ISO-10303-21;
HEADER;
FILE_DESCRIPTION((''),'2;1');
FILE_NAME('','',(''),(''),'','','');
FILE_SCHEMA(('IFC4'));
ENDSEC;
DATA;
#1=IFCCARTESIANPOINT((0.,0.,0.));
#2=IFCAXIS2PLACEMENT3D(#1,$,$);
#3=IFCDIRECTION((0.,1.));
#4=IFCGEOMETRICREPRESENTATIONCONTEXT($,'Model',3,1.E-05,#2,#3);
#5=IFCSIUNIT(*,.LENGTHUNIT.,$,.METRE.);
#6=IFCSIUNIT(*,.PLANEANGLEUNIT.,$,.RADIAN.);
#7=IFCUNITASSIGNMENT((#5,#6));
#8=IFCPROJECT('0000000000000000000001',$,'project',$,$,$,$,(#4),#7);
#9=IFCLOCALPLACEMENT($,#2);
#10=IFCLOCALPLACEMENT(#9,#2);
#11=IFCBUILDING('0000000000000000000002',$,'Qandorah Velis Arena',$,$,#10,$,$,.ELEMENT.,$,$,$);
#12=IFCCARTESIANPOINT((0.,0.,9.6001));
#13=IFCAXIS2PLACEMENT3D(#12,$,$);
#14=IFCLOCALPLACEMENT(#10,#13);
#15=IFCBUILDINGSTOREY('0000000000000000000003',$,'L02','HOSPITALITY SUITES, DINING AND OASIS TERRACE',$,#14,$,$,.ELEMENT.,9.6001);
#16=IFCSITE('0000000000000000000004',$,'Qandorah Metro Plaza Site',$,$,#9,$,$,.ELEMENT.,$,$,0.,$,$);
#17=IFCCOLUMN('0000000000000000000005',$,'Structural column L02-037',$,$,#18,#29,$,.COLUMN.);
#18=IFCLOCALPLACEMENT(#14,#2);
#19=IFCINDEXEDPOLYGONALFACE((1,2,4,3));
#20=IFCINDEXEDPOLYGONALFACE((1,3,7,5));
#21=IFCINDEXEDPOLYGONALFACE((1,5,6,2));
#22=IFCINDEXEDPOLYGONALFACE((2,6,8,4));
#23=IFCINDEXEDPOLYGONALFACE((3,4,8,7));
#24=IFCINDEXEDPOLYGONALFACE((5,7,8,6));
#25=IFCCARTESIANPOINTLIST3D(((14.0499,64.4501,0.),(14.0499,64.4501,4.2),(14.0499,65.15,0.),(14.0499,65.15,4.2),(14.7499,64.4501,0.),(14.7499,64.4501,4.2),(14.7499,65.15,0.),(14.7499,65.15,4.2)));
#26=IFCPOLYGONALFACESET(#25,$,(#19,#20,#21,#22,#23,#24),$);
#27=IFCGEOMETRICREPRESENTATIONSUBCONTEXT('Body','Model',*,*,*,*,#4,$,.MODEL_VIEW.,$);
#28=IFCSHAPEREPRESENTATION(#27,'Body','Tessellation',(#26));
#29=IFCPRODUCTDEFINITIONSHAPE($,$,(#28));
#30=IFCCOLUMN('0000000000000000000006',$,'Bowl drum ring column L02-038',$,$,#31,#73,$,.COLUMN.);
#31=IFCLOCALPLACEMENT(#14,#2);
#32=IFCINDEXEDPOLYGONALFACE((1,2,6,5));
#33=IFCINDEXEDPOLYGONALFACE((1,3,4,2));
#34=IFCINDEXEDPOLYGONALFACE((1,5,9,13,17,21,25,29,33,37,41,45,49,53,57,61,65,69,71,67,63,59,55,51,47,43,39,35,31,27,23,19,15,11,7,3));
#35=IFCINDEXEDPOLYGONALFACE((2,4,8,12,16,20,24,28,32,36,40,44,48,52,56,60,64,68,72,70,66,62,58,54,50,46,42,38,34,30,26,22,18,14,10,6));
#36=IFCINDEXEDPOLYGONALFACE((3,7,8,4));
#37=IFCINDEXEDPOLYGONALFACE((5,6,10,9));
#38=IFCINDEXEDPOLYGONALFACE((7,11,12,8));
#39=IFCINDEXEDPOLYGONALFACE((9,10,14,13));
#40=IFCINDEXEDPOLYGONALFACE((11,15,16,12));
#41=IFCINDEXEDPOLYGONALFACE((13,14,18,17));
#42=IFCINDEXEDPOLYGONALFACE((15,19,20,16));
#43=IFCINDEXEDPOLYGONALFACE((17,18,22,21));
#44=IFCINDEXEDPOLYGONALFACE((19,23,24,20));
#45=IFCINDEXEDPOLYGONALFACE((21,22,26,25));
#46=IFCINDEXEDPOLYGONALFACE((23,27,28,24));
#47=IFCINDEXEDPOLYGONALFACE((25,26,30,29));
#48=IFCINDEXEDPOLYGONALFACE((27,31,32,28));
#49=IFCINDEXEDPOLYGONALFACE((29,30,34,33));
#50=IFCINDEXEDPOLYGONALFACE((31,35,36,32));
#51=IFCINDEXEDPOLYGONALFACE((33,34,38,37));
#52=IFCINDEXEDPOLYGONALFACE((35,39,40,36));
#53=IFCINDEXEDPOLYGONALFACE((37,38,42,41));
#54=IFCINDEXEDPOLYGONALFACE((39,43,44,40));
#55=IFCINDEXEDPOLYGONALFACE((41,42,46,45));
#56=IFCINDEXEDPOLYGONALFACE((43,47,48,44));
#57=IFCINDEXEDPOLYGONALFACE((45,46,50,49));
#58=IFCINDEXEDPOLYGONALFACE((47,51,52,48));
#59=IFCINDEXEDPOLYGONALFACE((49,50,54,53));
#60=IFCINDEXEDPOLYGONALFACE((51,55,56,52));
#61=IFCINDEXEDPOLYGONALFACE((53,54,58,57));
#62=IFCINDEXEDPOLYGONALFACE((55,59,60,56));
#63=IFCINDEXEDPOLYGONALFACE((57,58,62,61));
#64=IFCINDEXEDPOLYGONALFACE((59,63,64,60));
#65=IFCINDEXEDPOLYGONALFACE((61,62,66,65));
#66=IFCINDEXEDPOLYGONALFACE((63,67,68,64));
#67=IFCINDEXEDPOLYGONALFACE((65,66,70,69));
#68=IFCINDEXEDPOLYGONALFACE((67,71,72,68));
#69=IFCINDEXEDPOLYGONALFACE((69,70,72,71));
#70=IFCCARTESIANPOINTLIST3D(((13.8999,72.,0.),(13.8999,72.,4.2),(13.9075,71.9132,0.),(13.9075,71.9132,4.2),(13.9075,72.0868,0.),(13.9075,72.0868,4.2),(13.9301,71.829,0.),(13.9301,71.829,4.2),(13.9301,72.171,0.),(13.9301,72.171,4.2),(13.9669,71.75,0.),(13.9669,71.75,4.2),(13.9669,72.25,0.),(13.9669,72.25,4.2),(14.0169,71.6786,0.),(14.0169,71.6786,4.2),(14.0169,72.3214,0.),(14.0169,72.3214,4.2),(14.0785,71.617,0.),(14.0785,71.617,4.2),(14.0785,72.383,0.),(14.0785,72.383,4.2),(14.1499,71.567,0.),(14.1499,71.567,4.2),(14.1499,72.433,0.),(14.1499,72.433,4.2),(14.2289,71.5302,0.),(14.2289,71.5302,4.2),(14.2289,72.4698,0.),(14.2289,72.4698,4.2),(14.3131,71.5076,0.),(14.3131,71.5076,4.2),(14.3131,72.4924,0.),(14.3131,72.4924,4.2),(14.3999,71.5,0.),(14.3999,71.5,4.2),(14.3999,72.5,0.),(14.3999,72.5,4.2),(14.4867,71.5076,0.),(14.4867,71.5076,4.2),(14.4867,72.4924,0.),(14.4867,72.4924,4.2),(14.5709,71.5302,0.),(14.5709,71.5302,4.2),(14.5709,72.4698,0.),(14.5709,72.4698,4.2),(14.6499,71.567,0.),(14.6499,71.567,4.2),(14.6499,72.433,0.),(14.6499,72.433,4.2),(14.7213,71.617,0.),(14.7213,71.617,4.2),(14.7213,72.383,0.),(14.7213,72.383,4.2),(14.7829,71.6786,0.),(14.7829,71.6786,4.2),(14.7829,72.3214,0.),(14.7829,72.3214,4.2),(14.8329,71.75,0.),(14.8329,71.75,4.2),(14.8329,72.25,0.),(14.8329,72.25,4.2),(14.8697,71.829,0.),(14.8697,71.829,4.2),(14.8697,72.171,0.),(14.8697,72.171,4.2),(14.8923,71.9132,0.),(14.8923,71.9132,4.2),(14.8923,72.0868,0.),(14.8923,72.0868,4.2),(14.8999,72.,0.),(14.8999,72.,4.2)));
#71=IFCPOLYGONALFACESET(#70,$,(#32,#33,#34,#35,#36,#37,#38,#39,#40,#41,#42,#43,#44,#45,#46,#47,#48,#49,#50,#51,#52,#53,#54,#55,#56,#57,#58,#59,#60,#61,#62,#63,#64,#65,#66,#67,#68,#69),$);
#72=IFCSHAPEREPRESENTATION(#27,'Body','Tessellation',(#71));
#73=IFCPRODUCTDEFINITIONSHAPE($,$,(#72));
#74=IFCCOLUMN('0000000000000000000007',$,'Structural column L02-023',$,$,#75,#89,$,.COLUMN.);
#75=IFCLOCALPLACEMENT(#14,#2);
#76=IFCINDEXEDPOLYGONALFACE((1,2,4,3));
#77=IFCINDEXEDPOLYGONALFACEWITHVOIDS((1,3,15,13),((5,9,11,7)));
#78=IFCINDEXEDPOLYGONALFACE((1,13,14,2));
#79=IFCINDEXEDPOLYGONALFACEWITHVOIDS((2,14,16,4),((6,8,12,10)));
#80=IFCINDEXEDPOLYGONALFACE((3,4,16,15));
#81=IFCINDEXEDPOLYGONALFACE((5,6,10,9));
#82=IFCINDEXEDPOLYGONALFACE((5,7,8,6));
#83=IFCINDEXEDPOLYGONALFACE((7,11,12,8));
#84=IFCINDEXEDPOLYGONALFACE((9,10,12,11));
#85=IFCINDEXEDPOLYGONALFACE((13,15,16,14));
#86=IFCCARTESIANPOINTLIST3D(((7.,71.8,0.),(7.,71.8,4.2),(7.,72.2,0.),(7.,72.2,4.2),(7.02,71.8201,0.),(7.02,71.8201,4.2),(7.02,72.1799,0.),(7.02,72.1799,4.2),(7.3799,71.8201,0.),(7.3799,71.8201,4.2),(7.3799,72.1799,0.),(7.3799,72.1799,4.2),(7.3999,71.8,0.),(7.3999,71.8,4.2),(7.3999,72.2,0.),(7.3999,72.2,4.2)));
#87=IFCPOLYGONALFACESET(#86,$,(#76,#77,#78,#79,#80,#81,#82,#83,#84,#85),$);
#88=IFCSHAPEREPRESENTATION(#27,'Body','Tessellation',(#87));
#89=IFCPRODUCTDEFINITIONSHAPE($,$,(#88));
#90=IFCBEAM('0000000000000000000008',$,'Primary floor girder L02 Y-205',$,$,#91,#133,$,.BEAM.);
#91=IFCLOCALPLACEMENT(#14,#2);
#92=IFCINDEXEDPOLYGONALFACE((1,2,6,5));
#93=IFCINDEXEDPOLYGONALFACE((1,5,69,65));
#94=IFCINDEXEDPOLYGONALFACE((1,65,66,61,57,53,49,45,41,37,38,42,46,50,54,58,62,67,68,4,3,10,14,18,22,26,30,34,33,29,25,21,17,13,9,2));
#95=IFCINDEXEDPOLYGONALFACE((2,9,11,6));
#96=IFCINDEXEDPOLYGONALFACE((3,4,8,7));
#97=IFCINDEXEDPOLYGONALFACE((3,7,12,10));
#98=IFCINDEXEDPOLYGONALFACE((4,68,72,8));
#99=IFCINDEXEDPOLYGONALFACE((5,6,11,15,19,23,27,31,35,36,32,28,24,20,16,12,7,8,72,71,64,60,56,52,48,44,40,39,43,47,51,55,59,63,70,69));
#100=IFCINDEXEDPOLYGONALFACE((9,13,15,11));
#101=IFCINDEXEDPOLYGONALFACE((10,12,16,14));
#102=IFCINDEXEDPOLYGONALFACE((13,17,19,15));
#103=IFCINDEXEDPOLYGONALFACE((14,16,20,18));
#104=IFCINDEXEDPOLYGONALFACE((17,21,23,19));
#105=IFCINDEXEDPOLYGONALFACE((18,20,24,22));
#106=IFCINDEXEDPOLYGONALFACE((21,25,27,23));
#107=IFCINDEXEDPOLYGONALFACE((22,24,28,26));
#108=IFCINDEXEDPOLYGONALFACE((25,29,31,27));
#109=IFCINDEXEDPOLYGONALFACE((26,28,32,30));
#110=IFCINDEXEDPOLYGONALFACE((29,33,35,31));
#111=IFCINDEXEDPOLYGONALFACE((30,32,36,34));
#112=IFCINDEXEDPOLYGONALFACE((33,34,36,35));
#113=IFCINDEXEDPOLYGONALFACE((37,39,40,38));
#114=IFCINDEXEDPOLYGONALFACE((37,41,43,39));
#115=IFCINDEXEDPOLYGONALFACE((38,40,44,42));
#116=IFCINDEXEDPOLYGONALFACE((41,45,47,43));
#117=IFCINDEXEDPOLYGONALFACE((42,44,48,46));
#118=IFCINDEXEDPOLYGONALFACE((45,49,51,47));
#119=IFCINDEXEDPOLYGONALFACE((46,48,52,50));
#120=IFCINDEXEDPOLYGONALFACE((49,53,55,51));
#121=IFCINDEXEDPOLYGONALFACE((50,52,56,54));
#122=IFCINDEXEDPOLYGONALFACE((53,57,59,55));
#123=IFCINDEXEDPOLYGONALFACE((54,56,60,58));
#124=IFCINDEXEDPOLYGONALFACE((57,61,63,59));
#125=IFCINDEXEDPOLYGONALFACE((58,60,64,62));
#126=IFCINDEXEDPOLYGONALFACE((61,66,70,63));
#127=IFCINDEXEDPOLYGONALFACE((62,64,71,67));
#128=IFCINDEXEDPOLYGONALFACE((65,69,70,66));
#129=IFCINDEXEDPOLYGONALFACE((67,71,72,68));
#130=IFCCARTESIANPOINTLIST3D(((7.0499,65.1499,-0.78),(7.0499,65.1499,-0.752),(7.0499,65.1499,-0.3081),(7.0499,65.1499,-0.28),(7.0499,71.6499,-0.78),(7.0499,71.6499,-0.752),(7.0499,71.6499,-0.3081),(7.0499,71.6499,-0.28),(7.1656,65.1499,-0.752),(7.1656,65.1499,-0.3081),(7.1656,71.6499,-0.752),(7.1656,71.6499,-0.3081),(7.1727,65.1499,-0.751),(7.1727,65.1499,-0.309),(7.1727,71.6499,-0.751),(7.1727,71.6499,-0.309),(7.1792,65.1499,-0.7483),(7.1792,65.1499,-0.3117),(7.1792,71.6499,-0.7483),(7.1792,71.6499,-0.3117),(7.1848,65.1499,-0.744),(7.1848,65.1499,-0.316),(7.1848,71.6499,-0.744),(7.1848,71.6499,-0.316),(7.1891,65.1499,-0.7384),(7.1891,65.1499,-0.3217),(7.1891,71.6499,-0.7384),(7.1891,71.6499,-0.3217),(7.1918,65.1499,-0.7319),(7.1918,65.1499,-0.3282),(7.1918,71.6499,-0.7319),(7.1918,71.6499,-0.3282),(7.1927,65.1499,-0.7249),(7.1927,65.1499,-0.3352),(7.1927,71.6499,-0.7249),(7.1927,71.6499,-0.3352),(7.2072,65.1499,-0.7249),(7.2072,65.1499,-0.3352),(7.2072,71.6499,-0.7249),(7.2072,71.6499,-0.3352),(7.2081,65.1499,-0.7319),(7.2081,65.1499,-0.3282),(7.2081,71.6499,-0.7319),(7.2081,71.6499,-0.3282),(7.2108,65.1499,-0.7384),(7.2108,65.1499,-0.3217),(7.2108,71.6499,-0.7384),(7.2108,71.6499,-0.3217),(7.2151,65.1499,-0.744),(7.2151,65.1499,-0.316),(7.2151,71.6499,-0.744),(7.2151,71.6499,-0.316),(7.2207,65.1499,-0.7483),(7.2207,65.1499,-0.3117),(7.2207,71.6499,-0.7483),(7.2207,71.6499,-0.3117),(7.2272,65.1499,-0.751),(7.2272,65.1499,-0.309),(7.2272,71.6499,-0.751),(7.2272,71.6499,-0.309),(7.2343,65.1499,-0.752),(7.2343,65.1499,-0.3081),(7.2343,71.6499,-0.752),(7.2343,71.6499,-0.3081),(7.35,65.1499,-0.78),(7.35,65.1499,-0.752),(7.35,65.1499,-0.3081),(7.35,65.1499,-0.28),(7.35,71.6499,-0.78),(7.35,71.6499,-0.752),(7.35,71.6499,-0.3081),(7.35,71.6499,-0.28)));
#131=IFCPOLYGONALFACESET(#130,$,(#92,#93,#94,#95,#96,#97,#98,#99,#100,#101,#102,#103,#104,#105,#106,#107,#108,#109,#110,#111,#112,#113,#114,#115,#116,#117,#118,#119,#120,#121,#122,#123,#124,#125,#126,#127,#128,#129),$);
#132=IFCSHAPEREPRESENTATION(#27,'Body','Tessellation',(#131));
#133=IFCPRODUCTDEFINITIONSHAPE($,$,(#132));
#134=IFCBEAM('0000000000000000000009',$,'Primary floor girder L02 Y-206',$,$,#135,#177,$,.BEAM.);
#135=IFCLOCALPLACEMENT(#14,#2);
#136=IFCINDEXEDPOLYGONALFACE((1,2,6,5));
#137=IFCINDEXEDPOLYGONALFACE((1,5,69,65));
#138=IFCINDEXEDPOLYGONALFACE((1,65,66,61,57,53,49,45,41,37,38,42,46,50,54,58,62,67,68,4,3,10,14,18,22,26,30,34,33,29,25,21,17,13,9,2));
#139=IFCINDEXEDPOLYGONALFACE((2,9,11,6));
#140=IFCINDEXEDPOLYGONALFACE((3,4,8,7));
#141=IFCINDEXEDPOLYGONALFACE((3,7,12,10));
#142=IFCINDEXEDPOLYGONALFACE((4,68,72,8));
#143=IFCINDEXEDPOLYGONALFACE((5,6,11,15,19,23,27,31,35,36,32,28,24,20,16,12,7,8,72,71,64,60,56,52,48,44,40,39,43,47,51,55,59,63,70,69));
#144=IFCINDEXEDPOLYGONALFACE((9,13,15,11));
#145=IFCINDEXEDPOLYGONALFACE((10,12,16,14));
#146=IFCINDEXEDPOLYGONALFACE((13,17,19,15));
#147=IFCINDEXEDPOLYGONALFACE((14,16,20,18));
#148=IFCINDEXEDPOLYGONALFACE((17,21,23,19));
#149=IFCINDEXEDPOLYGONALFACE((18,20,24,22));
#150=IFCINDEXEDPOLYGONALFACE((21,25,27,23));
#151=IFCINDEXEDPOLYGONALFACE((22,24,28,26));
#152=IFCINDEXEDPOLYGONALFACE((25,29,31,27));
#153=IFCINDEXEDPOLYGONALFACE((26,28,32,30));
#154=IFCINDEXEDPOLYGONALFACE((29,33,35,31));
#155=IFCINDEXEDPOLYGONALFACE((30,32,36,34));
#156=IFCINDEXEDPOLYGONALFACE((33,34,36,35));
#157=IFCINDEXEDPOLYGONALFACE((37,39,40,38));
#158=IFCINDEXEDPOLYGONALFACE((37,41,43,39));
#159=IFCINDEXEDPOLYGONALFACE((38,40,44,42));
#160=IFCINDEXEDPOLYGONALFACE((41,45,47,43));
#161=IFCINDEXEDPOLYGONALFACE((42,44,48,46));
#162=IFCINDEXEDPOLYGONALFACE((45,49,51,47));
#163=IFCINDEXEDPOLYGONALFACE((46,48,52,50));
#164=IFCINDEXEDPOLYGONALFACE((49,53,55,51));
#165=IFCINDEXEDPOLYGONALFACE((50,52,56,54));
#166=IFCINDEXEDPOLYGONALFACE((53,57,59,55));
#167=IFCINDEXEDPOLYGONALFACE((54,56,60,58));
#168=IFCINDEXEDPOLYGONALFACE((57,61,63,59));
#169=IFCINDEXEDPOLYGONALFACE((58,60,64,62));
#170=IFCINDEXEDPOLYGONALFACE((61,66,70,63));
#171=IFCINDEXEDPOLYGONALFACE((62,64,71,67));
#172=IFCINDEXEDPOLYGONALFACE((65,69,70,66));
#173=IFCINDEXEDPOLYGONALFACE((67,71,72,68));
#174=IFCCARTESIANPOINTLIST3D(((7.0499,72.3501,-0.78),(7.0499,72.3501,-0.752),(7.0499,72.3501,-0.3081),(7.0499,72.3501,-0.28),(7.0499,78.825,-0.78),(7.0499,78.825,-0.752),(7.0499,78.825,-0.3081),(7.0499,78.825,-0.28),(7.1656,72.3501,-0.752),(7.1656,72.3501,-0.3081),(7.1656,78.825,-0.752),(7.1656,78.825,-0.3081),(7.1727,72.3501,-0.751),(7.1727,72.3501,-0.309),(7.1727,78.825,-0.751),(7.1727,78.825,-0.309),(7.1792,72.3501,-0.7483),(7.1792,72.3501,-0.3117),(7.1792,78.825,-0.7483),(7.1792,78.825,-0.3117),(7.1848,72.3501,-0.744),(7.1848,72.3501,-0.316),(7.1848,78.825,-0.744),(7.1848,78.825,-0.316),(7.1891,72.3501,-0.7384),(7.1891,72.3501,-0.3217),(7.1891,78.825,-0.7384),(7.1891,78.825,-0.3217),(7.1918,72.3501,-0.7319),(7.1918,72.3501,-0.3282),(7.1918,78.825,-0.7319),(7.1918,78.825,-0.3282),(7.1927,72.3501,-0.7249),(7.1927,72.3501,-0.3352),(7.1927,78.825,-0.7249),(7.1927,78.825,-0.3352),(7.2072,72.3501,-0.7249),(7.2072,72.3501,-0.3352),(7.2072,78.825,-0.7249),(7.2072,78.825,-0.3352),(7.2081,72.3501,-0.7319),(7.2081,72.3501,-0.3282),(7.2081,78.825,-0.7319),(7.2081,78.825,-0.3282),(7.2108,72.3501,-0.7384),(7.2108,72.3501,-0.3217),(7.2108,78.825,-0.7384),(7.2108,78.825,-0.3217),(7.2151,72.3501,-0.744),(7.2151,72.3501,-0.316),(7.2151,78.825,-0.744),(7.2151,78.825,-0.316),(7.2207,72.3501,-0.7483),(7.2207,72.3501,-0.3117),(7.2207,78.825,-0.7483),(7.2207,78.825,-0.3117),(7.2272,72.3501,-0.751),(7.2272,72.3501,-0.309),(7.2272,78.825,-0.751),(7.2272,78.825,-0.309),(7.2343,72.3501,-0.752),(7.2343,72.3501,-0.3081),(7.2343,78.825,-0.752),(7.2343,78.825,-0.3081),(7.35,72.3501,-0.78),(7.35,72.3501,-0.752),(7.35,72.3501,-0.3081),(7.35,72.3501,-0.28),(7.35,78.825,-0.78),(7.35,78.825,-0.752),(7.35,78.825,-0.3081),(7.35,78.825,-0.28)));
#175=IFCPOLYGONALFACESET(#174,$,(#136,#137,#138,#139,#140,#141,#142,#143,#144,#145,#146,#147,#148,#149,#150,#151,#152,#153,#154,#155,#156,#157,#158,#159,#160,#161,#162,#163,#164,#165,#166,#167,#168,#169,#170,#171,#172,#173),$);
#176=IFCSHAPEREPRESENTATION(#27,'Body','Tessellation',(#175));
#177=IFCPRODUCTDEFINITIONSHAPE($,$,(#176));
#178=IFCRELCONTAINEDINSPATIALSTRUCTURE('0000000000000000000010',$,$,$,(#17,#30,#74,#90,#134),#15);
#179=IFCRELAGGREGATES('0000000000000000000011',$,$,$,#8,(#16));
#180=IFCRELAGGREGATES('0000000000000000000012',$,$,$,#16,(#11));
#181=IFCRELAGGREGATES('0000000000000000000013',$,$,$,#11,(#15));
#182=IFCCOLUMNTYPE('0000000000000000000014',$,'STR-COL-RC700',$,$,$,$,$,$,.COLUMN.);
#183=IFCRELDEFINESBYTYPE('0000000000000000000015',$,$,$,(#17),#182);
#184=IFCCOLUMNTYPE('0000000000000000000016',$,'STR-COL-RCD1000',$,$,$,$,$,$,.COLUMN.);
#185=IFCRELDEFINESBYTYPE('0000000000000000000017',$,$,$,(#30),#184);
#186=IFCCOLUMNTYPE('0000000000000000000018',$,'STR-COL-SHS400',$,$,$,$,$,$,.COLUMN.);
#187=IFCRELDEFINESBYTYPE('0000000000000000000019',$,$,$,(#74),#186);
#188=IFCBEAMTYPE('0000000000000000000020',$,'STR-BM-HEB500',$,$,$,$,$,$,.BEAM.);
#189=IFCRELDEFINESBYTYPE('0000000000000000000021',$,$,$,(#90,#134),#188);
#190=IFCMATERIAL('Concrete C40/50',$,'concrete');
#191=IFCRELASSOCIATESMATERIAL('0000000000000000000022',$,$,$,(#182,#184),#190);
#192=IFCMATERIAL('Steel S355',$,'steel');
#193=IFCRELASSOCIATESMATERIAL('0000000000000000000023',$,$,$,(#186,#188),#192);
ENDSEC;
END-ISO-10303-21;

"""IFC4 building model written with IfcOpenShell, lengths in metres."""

from ifc_helpers import new_model, si_unit, direction, frame, origin, origin_2d, place, context, subcontext, project, spatial, rectangle, hollow_rectangle, circle, i_section, extrude, material, material_profile, profile_set, type_object, element, save


model = new_model("IFC4")

# Units and contexts
model_context = context("Model", 3, precision=1e-05, world=origin(), true_north=direction((0.0, 1.0)))
body_context = subcontext(model_context, "Body", "Model", "MODEL_VIEW")
ifc_project = project(units=[si_unit("LENGTHUNIT", "METRE"), si_unit("PLANEANGLEUNIT", "RADIAN")], contexts=[model_context])

# Site, building, storey
site_placement = place(None, origin())
site = spatial("IfcSite", under=ifc_project, at=site_placement, Name="Qandorah Metro Plaza Site", CompositionType="ELEMENT", RefElevation=0.0)
building_placement = place(site_placement, origin())
building = spatial("IfcBuilding", under=site, at=building_placement, Name="Qandorah Velis Arena", CompositionType="ELEMENT")
storey_placement = place(building_placement, frame((0.0, 0.0, 9.6001)))
storey = spatial("IfcBuildingStorey", under=building, at=storey_placement, Name="L02", Description="HOSPITALITY SUITES, DINING AND OASIS TERRACE", CompositionType="ELEMENT", Elevation=9.6001)

# Columns
ifc_material_1 = material(Name="Concrete C40/50", Category="concrete")
ifc_material_profile_1 = material_profile(ifc_material_1, rectangle(XDim=0.7, YDim=0.7, at=origin_2d()), Name="RC COL 700x700")
ifc_profile_set_1 = profile_set([ifc_material_profile_1], Name="Concrete C40/50")
column_type_1 = type_object("IfcColumnType", Name="STR-COL-RC700", PredefinedType="COLUMN", material=ifc_profile_set_1)
column_1_placement = place(storey_placement, frame((14.3999, 64.8, 0.0), z_axis=(0.0, 0.0, 1.0), x_axis=(1.0, 0.0, 0.0)))
element("IfcColumn", 1, at=column_1_placement, inside=storey, type_object=column_type_1, Name="Structural column L02-037", PredefinedType="COLUMN", context=body_context, shape_type="SweptSolid", body=[
    extrude(rectangle(XDim=0.7, YDim=0.7, at=origin_2d()), origin(), (0.0, 0.0, 1.0), 4.2),
])
ifc_material_profile_2 = material_profile(ifc_material_1, circle(Radius=0.5, at=origin_2d()), Name="RC D1000")
ifc_profile_set_2 = profile_set([ifc_material_profile_2], Name="Concrete C40/50")
column_type_2 = type_object("IfcColumnType", Name="STR-COL-RCD1000", PredefinedType="COLUMN", material=ifc_profile_set_2)
column_2_placement = place(storey_placement, frame((14.3999, 72.0, 0.0), z_axis=(0.0, 0.0, 1.0), x_axis=(1.0, 0.0, 0.0)))
element("IfcColumn", 2, at=column_2_placement, inside=storey, type_object=column_type_2, Name="Bowl drum ring column L02-038", PredefinedType="COLUMN", context=body_context, shape_type="SweptSolid", body=[
    extrude(circle(Radius=0.5, at=origin_2d()), origin(), (0.0, 0.0, 1.0), 4.2),
])
ifc_material_2 = material(Name="Steel S355", Category="steel")
ifc_material_profile_3 = material_profile(ifc_material_2, hollow_rectangle(XDim=0.3999, YDim=0.3999, WallThickness=0.02, at=origin_2d()), Name="SHS 400x400x20")
ifc_profile_set_3 = profile_set([ifc_material_profile_3], Name="Steel S355")
column_type_3 = type_object("IfcColumnType", Name="STR-COL-SHS400", PredefinedType="COLUMN", material=ifc_profile_set_3)
column_3_placement = place(storey_placement, frame((7.2, 72.0, 0.0), z_axis=(0.0, 0.0, 1.0), x_axis=(1.0, 0.0, 0.0)))
element("IfcColumn", 3, at=column_3_placement, inside=storey, type_object=column_type_3, Name="Structural column L02-023", PredefinedType="COLUMN", context=body_context, shape_type="SweptSolid", body=[
    extrude(hollow_rectangle(XDim=0.3999, YDim=0.3999, WallThickness=0.02, at=origin_2d()), origin(), (0.0, 0.0, 1.0), 4.2),
])

# Beams
ifc_material_profile_4 = material_profile(ifc_material_2, i_section(OverallWidth=0.3, OverallDepth=0.5, WebThickness=0.0144, FlangeThickness=0.0281, FilletRadius=0.0271, at=origin_2d()), Name="HEB 500")
ifc_profile_set_4 = profile_set([ifc_material_profile_4], Name="Steel S355")
beam_type_1 = type_object("IfcBeamType", Name="STR-BM-HEB500", PredefinedType="BEAM", material=ifc_profile_set_4)
beam_1_placement = place(storey_placement, frame((7.2, 65.1499, -0.53), z_axis=(0.0, 1.0, 0.0), x_axis=(-1.0, 0.0, 0.0)))
element("IfcBeam", 4, at=beam_1_placement, inside=storey, type_object=beam_type_1, Name="Primary floor girder L02 Y-205", PredefinedType="BEAM", context=body_context, shape_type="SweptSolid", body=[
    extrude(i_section(OverallWidth=0.3, OverallDepth=0.5, WebThickness=0.0144, FlangeThickness=0.0281, FilletRadius=0.0271, at=origin_2d()), origin(), (0.0, 0.0, 1.0), 6.5),
])
beam_2_placement = place(storey_placement, frame((7.2, 72.3501, -0.53), z_axis=(0.0, 1.0, 0.0), x_axis=(-1.0, 0.0, 0.0)))
element("IfcBeam", 5, at=beam_2_placement, inside=storey, type_object=beam_type_1, Name="Primary floor girder L02 Y-206", PredefinedType="BEAM", context=body_context, shape_type="SweptSolid", body=[
    extrude(i_section(OverallWidth=0.3, OverallDepth=0.5, WebThickness=0.0144, FlangeThickness=0.0281, FilletRadius=0.0271, at=origin_2d()), origin(), (0.0, 0.0, 1.0), 6.4749),
])

save(model, "model.ifc")
